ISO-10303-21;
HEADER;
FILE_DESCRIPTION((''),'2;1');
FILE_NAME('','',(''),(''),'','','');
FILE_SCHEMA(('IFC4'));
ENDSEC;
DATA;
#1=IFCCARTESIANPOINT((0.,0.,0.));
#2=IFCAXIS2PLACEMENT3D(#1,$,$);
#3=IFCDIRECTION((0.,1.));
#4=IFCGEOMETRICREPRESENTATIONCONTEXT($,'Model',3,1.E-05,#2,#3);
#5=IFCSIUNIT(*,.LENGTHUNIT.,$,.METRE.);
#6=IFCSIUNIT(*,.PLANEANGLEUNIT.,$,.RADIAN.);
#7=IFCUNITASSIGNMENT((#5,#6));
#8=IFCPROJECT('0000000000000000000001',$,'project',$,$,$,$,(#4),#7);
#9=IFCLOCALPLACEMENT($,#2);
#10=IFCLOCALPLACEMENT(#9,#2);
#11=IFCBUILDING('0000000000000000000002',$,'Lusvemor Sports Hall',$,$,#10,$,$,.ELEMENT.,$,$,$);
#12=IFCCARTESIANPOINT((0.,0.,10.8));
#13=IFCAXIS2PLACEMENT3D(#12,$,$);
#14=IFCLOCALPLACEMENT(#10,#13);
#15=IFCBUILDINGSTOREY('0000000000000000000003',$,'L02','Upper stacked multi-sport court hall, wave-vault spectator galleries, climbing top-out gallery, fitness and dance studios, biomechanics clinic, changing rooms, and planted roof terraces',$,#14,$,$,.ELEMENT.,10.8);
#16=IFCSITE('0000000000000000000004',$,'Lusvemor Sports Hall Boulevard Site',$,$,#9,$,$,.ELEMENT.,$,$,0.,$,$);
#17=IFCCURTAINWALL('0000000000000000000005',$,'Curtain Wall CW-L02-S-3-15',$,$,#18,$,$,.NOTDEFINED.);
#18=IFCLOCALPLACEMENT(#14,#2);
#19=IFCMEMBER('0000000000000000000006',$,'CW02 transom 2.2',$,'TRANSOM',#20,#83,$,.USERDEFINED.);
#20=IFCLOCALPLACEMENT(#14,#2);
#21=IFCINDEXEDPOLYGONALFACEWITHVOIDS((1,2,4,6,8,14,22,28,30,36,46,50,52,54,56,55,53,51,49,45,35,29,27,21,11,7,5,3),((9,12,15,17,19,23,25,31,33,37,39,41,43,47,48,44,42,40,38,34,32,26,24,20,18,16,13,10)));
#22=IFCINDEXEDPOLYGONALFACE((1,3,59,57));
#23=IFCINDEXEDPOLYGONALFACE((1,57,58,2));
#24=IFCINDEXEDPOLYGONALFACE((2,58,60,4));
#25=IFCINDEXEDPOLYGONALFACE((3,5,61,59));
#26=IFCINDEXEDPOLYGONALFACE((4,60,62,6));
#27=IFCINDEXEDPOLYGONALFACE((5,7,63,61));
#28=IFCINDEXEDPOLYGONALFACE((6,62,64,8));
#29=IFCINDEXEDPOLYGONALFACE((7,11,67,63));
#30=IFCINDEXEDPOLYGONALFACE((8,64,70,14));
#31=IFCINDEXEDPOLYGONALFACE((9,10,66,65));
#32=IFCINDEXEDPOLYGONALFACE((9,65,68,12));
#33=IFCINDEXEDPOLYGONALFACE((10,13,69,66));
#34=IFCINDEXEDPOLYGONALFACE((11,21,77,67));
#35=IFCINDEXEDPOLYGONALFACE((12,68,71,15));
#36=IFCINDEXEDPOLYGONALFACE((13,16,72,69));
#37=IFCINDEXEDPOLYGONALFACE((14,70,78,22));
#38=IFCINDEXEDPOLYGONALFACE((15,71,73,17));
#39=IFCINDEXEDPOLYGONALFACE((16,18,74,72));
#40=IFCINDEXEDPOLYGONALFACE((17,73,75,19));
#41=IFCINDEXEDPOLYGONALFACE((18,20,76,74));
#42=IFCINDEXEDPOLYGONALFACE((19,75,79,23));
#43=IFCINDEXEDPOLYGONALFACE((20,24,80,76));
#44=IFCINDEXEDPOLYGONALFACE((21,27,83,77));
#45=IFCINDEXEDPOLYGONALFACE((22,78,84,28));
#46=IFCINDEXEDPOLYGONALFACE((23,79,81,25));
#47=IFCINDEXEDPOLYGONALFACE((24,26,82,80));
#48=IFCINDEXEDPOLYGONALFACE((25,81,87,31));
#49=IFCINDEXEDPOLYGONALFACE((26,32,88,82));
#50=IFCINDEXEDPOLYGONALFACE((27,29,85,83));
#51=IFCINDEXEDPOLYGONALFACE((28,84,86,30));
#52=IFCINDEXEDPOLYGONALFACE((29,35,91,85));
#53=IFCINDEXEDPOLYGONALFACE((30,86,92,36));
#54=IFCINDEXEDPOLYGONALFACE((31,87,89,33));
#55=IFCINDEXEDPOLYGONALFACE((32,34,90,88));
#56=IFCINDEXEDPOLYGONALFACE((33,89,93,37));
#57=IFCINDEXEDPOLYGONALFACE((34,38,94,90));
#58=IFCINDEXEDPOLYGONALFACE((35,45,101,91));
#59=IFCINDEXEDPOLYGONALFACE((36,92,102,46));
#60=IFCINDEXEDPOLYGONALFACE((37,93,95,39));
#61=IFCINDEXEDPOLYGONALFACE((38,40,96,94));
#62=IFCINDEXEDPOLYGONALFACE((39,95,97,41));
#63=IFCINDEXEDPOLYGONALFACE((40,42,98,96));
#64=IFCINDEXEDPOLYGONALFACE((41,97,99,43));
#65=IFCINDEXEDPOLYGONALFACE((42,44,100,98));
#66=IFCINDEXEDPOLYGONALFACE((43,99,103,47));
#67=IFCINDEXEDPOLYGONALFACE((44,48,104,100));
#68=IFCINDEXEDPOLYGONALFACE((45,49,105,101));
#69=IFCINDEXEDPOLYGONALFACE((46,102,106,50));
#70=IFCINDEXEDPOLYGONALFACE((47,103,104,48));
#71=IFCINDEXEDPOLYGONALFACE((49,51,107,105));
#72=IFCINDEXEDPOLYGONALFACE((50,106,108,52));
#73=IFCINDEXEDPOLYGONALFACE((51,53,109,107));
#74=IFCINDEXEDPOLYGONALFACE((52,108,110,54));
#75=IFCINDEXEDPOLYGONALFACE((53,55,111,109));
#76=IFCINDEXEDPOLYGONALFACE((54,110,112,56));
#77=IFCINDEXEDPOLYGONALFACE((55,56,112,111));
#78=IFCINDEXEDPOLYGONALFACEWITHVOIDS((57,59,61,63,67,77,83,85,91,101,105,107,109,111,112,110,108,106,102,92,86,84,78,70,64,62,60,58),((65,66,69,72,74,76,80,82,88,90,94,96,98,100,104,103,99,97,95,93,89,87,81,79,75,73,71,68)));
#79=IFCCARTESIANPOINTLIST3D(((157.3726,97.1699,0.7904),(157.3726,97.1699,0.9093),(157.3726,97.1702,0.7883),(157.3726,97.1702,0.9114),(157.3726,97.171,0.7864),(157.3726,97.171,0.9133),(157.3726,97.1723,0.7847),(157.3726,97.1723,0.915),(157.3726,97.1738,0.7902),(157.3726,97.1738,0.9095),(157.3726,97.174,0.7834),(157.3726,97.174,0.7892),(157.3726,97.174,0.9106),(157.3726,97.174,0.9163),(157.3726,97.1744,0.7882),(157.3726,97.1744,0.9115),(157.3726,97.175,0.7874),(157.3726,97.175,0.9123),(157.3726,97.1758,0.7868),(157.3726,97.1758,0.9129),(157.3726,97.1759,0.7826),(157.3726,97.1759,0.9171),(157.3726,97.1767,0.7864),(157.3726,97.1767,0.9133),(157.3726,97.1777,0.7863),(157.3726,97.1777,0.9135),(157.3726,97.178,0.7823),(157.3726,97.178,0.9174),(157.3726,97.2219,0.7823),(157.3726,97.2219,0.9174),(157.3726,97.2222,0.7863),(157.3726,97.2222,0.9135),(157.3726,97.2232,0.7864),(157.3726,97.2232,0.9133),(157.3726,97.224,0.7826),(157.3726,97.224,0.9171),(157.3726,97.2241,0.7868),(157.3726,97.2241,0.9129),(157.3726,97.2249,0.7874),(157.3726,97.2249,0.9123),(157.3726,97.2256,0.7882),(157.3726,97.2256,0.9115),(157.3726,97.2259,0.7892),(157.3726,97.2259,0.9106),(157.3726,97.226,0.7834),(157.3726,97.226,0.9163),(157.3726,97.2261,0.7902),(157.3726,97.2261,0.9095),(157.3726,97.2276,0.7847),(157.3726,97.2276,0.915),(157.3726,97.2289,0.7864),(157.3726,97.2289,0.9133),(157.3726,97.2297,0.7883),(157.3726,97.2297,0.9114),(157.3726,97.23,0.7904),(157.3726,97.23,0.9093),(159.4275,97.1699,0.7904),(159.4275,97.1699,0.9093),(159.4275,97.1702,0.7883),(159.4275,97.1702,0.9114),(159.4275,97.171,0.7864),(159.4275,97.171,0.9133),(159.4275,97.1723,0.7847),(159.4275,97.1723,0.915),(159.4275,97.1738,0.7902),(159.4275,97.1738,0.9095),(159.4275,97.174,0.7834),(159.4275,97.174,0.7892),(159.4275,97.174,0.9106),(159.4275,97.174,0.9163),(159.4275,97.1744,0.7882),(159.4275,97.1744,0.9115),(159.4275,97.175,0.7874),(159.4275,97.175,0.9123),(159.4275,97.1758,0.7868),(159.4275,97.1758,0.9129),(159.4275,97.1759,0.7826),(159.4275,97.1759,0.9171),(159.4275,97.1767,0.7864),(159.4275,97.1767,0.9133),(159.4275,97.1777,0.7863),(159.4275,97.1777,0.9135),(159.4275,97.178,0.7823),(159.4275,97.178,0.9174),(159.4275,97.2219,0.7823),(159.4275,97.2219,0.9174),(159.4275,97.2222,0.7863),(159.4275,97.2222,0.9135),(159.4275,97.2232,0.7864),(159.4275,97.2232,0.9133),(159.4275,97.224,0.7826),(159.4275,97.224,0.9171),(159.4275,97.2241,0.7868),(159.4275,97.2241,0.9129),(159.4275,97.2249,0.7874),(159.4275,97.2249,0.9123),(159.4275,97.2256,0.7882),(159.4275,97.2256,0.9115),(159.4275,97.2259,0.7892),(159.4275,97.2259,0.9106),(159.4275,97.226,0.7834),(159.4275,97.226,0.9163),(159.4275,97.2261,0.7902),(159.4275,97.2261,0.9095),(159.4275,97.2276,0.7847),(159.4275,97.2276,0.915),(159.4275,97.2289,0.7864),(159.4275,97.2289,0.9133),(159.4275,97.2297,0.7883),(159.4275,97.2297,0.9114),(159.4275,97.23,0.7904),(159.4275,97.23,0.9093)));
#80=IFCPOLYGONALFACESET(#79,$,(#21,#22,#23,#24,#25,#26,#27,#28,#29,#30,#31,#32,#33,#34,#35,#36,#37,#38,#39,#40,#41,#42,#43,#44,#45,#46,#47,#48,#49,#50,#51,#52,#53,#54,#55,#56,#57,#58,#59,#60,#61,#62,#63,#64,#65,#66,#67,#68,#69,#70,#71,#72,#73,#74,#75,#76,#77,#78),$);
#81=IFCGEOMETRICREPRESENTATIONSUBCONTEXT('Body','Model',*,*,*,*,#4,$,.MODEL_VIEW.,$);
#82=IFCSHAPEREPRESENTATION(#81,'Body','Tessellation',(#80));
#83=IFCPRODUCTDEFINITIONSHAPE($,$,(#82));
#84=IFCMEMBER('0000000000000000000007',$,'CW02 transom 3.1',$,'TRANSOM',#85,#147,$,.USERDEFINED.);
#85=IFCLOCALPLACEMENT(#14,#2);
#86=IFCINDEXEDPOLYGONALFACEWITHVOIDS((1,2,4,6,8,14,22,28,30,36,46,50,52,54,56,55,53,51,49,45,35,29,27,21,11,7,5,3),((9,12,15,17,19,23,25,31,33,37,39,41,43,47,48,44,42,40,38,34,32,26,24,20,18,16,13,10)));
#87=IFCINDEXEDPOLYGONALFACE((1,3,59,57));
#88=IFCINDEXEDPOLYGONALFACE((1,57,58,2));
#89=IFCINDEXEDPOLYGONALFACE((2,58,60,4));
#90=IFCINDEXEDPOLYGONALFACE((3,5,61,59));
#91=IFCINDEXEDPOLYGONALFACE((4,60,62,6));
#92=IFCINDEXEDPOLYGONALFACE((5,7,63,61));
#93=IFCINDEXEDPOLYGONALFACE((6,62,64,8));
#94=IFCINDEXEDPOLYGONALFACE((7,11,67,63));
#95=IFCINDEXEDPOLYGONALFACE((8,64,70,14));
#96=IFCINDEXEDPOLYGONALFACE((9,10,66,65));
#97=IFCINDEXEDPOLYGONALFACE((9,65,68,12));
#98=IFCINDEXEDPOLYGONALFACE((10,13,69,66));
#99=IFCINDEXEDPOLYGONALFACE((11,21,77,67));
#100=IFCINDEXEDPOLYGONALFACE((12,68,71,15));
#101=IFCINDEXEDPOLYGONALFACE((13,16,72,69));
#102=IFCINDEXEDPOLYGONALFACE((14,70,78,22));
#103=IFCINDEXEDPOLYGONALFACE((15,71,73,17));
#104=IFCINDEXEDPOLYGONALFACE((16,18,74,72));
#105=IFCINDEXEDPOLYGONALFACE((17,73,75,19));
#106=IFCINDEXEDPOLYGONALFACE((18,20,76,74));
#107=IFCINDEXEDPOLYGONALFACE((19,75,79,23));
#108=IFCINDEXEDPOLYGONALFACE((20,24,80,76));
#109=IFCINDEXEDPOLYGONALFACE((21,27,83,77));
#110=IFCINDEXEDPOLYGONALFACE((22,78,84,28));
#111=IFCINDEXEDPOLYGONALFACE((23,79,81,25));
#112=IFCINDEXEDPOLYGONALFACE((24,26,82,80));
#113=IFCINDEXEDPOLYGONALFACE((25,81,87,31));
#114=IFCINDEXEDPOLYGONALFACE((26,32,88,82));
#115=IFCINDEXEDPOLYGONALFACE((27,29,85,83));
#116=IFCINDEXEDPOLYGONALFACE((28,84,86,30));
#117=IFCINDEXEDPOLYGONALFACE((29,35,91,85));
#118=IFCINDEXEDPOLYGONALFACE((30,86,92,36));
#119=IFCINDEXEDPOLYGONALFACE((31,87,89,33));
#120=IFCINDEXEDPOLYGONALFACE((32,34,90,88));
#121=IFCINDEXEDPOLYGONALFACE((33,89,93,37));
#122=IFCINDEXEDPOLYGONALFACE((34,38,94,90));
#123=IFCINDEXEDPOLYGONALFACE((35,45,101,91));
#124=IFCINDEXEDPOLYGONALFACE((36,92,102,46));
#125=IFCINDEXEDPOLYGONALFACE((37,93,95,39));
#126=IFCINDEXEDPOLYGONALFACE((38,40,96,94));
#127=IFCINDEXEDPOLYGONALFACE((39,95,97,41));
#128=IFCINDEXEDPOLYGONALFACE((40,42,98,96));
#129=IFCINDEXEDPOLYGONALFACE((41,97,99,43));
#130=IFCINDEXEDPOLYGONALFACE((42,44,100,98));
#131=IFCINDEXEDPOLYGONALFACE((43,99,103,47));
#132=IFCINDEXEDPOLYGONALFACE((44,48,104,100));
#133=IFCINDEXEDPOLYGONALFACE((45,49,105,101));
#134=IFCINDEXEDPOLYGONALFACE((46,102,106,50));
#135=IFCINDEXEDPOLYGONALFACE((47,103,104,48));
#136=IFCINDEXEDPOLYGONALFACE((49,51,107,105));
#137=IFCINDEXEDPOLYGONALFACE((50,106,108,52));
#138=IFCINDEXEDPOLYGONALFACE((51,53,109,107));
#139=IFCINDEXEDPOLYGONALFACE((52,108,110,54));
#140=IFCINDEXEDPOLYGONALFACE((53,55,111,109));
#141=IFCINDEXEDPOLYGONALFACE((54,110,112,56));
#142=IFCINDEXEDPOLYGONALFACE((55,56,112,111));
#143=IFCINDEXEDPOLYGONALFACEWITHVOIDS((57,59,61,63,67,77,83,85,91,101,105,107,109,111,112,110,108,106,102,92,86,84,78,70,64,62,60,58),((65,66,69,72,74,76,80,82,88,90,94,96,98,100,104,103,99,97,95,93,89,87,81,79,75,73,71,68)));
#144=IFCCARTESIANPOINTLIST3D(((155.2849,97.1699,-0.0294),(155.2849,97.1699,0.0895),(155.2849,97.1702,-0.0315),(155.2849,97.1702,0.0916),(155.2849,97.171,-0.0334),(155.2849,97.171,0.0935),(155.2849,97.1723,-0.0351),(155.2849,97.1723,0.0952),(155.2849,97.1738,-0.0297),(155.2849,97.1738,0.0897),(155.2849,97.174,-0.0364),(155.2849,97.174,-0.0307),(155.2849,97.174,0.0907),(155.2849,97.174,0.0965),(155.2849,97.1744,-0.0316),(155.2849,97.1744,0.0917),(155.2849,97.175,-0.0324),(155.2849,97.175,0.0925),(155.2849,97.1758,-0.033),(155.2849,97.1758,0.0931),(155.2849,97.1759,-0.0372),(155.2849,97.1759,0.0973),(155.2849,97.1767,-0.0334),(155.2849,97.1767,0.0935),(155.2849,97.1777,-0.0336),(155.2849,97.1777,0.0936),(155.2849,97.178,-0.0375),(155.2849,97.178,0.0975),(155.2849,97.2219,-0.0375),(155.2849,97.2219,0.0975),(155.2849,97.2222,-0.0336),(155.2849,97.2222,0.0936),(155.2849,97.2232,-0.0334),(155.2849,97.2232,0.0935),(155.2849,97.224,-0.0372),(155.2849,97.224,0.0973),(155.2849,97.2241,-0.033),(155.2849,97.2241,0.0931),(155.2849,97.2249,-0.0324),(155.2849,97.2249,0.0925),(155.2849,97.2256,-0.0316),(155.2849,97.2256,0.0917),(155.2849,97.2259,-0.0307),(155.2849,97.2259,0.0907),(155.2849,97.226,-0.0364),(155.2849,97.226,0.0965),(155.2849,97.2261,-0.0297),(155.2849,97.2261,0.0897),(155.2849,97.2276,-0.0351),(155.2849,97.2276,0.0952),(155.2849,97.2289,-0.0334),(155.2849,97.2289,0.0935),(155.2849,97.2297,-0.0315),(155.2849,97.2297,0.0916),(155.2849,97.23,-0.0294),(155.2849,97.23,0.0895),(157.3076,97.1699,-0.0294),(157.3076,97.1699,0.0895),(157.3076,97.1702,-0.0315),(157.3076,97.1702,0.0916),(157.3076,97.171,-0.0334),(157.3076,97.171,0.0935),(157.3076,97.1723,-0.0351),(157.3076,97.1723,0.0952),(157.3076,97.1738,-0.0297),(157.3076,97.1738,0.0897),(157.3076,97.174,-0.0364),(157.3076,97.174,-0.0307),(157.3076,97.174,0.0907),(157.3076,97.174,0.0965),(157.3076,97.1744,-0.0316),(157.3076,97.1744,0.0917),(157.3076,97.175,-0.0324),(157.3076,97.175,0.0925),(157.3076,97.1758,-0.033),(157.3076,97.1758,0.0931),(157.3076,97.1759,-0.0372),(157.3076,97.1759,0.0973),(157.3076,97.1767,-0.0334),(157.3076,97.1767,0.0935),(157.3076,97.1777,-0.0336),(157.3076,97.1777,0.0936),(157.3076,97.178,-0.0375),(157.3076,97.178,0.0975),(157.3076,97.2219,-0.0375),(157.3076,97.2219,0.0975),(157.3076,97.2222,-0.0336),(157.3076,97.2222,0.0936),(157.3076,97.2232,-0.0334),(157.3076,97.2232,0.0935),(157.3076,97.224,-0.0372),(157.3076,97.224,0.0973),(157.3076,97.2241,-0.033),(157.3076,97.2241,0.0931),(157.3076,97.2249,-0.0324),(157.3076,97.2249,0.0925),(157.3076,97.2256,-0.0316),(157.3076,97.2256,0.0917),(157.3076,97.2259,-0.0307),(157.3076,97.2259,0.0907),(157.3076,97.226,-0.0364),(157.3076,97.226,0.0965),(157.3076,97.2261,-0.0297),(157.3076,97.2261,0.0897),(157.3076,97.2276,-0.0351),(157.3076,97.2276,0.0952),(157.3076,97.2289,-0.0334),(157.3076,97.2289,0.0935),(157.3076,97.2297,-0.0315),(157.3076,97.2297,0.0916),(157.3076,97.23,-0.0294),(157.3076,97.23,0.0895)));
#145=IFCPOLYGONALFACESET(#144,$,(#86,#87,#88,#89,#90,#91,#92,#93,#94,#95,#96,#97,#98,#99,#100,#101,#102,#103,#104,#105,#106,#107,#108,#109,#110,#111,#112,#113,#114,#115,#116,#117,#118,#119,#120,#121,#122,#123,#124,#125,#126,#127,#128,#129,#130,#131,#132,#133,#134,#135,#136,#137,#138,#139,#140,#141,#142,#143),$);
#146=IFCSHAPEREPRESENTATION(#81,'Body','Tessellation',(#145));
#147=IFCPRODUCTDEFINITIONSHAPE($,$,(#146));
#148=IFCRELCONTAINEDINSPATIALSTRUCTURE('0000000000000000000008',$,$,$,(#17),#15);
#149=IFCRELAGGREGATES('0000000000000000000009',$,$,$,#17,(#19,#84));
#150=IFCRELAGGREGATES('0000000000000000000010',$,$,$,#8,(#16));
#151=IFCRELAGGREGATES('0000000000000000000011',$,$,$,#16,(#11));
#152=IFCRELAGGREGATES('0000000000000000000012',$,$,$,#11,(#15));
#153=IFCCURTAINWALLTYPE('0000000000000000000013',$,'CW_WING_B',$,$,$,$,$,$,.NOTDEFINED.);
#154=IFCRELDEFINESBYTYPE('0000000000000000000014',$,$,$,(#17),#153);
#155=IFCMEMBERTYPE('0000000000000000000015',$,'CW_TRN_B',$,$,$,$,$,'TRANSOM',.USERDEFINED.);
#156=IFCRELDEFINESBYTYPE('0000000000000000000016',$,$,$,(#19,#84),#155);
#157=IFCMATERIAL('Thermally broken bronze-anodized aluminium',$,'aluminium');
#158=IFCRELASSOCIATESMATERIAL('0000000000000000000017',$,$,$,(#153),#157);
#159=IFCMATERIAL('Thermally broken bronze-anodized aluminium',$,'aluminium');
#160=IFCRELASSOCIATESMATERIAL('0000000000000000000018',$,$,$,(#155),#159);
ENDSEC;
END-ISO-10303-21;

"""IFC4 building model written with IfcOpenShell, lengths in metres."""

from ifc_helpers import new_model, si_unit, direction, frame, origin, origin_2d, place, context, subcontext, project, spatial, hollow_rectangle, extrude, material, material_profile, profile_set, type_object, element, aggregate, save


model = new_model("IFC4")

# Units and contexts
model_context = context("Model", 3, precision=1e-05, world=origin(), true_north=direction((0.0, 1.0)))
body_context = subcontext(model_context, "Body", "Model", "MODEL_VIEW")
ifc_project = project(units=[si_unit("LENGTHUNIT", "METRE"), si_unit("PLANEANGLEUNIT", "RADIAN")], contexts=[model_context])

# Site, building, storey
site_placement = place(None, origin())
site = spatial("IfcSite", under=ifc_project, at=site_placement, Name="Lusvemor Sports Hall Boulevard Site", CompositionType="ELEMENT", RefElevation=0.0)
building_placement = place(site_placement, origin())
building = spatial("IfcBuilding", under=site, at=building_placement, Name="Lusvemor Sports Hall", CompositionType="ELEMENT")
storey_placement = place(building_placement, frame((0.0, 0.0, 10.8)))
storey = spatial("IfcBuildingStorey", under=building, at=storey_placement, Name="L02", Description="Upper stacked multi-sport court hall, wave-vault spectator galleries, climbing top-out gallery, fitness and dance studios, biomechanics clinic, changing rooms, and planted roof terraces", CompositionType="ELEMENT", Elevation=10.8)

# Curtain wall, members
ifc_material_1 = material(Name="Thermally broken bronze-anodized aluminium", Category="aluminium")
curtain_wall_type = type_object("IfcCurtainWallType", Name="CW_WING_B", PredefinedType="NOTDEFINED", material=ifc_material_1)
curtain_wall_placement = place(storey_placement, origin())
curtain_wall = element("IfcCurtainWall", 1, at=curtain_wall_placement, inside=storey, type_object=curtain_wall_type, Name="Curtain Wall CW-L02-S-3-15", PredefinedType="NOTDEFINED")
ifc_material_2 = material(Name="Thermally broken bronze-anodized aluminium", Category="aluminium")
ifc_material_profile_1 = material_profile(ifc_material_2, hollow_rectangle(XDim=0.0601, YDim=0.135, WallThickness=0.0039, InnerFilletRadius=0.0039, OuterFilletRadius=0.0081, at=origin_2d()), Name="CWTRN135x60x4")
ifc_profile_set_1 = profile_set([ifc_material_profile_1], Name="Thermally broken bronze-anodized aluminium")
member_type_1 = type_object("IfcMemberType", Name="CW_TRN_B", ElementType="TRANSOM", PredefinedType="USERDEFINED", material=ifc_profile_set_1)
member_1_placement = place(storey_placement, frame((159.4275, 97.2, 0.8499), z_axis=(-1.0, 0.0, 0.0), x_axis=(0.0, -1.0, 0.0)))
member_1 = element("IfcMember", 2, at=member_1_placement, type_object=member_type_1, Name="CW02 transom 2.2", ObjectType="TRANSOM", PredefinedType="USERDEFINED", context=body_context, shape_type="SweptSolid", body=[
    extrude(hollow_rectangle(XDim=0.0601, YDim=0.135, WallThickness=0.0039, InnerFilletRadius=0.0039, OuterFilletRadius=0.0081, at=origin_2d()), origin(), (0.0, 0.0, 1.0), 2.0549),
])
member_2_placement = place(storey_placement, frame((157.3076, 97.2, 0.03), z_axis=(-1.0, 0.0, 0.0), x_axis=(0.0, -1.0, 0.0)))
member_2 = element("IfcMember", 3, at=member_2_placement, type_object=member_type_1, Name="CW02 transom 3.1", ObjectType="TRANSOM", PredefinedType="USERDEFINED", context=body_context, shape_type="SweptSolid", body=[
    extrude(hollow_rectangle(XDim=0.0601, YDim=0.135, WallThickness=0.0039, InnerFilletRadius=0.0039, OuterFilletRadius=0.0081, at=origin_2d()), origin(), (0.0, 0.0, 1.0), 2.0227),
])

aggregate(curtain_wall, [member_1, member_2])

save(model, "model.ifc")
